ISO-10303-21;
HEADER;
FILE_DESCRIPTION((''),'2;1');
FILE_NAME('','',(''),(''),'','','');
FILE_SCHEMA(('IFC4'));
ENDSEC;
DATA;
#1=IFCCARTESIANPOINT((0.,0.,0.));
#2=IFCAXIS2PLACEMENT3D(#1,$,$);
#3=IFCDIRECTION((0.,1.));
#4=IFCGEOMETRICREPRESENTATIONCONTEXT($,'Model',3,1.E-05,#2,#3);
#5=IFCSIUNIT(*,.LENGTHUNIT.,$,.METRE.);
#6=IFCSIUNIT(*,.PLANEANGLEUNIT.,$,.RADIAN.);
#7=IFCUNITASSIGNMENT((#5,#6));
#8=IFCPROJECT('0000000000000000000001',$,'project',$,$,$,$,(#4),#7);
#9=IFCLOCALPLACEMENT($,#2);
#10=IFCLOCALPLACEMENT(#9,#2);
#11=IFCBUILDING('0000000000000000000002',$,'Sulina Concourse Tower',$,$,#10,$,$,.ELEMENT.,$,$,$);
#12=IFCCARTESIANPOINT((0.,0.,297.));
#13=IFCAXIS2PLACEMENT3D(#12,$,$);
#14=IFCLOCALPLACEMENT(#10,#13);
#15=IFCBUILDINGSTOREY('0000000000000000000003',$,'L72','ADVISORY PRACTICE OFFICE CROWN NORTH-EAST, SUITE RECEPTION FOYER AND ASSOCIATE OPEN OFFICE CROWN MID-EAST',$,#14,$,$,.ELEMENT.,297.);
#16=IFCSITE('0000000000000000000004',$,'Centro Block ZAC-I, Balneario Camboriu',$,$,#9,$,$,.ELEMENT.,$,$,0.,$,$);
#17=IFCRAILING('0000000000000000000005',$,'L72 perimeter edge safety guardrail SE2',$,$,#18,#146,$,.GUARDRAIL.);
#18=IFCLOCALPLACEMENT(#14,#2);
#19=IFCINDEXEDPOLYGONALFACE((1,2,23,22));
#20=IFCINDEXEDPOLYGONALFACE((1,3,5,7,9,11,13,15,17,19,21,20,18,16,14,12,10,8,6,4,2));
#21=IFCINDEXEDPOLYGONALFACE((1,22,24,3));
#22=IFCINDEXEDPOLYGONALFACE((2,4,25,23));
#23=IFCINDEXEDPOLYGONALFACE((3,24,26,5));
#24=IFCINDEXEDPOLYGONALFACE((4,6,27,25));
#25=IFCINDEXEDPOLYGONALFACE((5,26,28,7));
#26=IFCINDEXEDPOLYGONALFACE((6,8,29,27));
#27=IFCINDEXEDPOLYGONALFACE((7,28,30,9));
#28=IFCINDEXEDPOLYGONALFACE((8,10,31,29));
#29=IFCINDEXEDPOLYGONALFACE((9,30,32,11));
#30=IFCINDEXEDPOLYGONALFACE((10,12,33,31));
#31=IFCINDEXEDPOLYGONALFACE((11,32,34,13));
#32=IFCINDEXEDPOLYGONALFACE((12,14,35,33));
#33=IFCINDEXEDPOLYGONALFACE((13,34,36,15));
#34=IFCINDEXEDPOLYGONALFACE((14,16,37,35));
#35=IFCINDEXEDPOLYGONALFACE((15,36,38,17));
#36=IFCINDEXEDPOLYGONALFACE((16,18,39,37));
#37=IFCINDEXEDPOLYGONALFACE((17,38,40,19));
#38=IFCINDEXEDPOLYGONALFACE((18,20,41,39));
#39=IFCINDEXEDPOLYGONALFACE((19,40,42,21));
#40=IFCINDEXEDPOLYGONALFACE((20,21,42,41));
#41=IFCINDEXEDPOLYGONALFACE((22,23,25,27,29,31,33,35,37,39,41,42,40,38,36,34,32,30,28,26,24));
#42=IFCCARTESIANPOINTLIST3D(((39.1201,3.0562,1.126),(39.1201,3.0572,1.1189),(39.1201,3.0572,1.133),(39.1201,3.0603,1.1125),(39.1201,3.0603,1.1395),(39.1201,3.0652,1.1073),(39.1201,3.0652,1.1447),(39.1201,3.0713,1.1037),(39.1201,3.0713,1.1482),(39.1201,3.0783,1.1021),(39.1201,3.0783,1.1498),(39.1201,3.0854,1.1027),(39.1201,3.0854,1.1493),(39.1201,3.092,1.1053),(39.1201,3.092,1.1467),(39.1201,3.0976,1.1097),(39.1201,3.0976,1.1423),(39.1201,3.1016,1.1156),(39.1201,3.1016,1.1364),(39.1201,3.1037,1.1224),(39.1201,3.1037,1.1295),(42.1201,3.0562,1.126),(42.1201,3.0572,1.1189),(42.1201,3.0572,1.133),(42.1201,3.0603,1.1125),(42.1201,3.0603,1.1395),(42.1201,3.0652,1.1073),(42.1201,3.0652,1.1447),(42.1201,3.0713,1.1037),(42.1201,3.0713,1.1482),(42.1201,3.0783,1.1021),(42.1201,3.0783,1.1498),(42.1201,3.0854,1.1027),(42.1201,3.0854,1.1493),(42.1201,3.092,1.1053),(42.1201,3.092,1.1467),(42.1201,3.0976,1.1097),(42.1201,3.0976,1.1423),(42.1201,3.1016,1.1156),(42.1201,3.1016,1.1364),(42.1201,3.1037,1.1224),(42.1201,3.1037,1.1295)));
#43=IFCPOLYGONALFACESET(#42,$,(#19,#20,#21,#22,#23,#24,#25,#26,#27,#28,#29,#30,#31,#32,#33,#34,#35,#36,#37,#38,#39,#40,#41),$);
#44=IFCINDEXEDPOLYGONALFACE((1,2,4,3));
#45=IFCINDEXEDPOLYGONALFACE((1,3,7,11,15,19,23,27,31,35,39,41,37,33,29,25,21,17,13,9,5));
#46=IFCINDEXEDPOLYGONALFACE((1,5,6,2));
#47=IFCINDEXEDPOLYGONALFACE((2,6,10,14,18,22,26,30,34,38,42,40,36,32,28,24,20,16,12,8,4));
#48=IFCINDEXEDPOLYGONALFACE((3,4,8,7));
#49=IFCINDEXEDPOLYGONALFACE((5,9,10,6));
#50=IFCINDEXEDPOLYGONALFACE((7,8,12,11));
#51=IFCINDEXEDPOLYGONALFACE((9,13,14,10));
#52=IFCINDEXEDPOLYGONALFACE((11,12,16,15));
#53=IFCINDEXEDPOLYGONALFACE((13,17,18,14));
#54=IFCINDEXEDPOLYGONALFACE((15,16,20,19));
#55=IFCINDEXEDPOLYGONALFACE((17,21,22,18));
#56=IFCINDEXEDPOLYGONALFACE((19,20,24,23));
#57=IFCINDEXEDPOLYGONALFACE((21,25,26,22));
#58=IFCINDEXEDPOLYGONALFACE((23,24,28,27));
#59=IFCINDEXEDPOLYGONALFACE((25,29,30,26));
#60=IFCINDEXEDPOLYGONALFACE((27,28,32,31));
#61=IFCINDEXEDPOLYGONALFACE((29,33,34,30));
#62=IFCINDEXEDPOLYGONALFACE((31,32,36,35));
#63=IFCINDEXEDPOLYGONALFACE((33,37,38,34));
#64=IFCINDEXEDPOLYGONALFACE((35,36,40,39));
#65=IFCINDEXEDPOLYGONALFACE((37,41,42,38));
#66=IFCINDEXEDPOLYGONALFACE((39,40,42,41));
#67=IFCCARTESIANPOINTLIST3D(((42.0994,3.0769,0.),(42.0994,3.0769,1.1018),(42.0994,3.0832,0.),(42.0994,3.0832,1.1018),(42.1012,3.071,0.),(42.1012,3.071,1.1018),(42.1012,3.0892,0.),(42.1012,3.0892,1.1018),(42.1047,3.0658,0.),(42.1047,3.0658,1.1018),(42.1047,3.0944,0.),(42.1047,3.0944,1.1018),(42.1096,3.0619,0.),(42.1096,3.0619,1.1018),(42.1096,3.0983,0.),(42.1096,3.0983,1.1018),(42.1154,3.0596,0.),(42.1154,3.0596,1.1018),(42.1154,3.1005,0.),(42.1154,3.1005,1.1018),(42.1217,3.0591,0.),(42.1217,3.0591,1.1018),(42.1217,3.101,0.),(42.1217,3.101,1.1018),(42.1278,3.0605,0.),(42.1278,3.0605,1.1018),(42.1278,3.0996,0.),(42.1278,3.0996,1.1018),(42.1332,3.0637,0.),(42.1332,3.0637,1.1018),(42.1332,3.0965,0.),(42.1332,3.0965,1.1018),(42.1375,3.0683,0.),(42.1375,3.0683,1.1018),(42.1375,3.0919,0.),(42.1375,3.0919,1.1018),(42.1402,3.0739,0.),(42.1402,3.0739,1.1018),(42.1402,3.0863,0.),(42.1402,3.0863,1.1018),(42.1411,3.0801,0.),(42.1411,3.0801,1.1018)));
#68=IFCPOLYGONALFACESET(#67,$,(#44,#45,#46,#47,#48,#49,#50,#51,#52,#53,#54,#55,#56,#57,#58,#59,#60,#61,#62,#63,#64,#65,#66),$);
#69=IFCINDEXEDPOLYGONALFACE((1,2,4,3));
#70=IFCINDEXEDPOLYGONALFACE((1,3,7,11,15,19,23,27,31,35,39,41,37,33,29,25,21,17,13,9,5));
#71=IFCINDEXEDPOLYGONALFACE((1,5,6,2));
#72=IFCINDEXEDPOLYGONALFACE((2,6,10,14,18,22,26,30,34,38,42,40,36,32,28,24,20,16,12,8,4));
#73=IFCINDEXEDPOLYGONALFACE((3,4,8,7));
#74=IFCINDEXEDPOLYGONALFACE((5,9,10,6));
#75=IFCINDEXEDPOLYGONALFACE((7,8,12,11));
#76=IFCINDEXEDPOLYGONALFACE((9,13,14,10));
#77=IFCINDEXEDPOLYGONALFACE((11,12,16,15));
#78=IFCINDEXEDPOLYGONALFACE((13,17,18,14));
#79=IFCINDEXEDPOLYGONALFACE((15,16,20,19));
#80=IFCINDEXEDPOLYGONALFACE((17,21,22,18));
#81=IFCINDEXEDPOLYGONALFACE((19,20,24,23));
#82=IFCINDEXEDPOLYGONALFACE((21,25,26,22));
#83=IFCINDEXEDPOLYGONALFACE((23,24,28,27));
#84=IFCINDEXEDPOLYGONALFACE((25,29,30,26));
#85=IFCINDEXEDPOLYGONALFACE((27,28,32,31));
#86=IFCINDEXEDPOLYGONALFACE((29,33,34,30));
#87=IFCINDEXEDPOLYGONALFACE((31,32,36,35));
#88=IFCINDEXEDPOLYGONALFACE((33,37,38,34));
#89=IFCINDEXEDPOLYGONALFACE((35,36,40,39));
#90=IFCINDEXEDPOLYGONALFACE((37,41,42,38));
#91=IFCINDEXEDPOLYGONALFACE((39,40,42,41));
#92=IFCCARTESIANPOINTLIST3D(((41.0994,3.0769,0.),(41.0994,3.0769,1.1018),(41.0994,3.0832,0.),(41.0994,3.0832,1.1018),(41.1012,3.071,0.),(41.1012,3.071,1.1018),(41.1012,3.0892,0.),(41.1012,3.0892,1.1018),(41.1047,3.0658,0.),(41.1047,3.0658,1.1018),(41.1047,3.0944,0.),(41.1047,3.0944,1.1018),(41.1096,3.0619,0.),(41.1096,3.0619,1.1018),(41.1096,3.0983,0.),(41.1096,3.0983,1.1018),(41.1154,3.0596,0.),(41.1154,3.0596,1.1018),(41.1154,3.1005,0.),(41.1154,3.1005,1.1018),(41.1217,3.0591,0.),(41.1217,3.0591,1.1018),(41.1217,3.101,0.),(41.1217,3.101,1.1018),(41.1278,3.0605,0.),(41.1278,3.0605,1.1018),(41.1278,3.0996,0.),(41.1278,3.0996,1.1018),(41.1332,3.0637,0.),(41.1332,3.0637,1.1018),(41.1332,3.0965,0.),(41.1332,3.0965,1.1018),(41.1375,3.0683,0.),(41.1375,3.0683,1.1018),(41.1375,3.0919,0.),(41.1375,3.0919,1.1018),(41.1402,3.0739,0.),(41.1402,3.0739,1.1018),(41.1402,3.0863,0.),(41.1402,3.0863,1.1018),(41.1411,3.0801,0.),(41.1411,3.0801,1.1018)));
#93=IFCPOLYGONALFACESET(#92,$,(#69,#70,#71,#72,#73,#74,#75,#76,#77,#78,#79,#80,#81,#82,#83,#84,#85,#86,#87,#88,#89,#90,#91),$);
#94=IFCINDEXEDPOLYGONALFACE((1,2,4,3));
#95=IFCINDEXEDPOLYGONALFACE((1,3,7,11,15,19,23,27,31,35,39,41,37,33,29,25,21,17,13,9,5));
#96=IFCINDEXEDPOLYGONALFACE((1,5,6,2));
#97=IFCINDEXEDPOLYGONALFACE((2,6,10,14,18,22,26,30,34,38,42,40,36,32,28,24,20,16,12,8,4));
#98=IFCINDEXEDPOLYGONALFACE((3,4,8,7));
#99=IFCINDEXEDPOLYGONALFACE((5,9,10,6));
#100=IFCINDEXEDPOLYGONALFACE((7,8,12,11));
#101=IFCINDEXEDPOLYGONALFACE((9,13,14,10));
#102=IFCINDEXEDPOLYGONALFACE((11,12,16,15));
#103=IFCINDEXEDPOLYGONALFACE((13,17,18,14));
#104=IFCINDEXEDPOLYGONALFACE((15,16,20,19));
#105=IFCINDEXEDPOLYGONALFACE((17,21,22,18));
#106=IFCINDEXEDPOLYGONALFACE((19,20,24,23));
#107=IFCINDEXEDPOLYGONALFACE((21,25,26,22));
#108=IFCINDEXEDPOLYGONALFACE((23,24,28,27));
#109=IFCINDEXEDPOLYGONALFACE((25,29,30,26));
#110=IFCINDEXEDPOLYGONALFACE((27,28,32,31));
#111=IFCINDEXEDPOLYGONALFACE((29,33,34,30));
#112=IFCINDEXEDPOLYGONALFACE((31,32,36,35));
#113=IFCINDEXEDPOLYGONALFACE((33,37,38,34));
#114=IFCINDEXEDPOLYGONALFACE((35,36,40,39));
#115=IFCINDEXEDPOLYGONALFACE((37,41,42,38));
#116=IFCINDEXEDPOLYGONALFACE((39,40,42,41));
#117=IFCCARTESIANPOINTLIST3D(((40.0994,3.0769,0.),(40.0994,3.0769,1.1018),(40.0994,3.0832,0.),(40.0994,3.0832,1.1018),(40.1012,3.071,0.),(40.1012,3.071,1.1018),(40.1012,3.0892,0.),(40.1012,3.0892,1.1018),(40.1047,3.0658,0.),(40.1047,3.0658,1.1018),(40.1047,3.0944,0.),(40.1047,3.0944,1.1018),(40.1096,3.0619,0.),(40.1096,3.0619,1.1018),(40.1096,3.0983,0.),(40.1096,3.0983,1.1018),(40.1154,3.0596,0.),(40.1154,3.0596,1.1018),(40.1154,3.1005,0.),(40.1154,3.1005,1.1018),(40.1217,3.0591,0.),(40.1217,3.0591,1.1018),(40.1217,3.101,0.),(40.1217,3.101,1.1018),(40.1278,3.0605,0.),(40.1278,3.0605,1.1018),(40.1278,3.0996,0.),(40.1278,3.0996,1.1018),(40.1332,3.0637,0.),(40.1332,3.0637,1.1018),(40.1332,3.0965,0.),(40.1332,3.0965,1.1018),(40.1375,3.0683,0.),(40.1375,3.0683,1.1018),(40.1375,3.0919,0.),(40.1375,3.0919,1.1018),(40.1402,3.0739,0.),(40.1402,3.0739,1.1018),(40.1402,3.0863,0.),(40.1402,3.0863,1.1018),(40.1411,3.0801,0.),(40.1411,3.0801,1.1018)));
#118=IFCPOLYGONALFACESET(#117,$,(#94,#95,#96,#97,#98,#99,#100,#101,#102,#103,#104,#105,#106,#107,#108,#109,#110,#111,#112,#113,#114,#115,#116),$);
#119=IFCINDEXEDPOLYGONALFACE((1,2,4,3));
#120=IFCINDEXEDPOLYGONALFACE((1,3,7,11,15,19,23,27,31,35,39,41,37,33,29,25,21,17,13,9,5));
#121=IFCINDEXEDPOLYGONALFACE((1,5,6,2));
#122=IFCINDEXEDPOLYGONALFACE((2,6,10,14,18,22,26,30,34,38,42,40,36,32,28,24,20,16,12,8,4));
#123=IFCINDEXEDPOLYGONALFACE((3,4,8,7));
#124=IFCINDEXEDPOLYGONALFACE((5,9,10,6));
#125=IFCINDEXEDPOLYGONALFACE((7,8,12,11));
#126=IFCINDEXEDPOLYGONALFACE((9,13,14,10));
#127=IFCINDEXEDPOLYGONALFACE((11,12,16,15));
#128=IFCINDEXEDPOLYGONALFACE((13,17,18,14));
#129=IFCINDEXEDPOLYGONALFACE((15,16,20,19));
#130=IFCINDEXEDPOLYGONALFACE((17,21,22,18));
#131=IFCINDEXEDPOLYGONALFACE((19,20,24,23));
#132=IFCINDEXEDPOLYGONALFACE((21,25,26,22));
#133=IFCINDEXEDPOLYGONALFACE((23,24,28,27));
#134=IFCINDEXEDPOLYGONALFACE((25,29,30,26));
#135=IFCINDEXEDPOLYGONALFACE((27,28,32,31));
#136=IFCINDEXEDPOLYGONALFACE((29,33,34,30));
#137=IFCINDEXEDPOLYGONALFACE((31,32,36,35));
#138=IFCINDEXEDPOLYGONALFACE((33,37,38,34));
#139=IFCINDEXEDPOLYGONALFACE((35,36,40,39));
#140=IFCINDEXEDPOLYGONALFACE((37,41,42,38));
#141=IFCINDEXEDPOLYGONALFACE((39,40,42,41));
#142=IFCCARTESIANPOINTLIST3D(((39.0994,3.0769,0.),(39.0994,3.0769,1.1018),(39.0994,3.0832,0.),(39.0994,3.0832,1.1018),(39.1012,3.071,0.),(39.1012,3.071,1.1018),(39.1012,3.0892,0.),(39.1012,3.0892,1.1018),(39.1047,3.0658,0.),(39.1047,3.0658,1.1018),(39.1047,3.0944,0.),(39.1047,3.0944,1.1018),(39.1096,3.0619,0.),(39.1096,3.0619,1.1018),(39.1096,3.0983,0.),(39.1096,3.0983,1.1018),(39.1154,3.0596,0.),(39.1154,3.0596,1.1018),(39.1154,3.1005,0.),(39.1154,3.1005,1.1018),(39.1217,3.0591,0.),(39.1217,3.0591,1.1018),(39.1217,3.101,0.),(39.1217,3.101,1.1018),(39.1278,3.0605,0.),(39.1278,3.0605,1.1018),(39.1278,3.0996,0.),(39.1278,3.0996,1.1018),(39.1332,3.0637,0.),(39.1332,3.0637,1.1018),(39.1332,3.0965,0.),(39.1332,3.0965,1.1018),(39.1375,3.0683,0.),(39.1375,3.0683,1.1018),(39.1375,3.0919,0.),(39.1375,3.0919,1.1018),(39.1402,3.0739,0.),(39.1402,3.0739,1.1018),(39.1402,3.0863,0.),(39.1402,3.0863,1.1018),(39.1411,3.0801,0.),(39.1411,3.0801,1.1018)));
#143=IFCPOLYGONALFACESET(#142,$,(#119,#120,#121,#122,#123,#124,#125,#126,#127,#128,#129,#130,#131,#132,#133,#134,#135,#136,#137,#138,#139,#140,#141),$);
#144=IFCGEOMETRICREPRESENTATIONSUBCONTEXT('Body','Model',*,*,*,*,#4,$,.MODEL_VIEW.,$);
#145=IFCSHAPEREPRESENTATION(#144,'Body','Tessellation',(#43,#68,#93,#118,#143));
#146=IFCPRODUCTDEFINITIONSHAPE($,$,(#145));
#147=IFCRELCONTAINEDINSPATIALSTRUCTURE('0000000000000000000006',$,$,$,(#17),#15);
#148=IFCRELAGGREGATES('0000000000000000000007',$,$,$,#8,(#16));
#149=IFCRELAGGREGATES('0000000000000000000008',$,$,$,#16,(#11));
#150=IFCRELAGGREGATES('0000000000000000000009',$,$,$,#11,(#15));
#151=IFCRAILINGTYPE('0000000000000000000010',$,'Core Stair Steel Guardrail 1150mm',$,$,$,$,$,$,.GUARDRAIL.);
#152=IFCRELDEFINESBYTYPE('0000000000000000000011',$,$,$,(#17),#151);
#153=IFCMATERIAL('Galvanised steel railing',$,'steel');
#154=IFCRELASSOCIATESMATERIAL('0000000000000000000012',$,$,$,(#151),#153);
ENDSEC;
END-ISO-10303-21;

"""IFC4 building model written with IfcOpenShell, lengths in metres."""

from ifc_helpers import new_model, si_unit, direction, frame, origin, origin_2d, place, context, subcontext, project, spatial, circle, extrude, material, type_object, element, save


model = new_model("IFC4")

# Units and contexts
model_context = context("Model", 3, precision=1e-05, world=origin(), true_north=direction((0.0, 1.0)))
body_context = subcontext(model_context, "Body", "Model", "MODEL_VIEW")
ifc_project = project(units=[si_unit("LENGTHUNIT", "METRE"), si_unit("PLANEANGLEUNIT", "RADIAN")], contexts=[model_context])

# Site, building, storey
site_placement = place(None, origin())
site = spatial("IfcSite", under=ifc_project, at=site_placement, Name="Centro Block ZAC-I, Balneario Camboriu", CompositionType="ELEMENT", RefElevation=0.0)
building_placement = place(site_placement, origin())
building = spatial("IfcBuilding", under=site, at=building_placement, Name="Sulina Concourse Tower", CompositionType="ELEMENT")
storey_placement = place(building_placement, frame((0.0, 0.0, 297.0)))
storey = spatial("IfcBuildingStorey", under=building, at=storey_placement, Name="L72", Description="ADVISORY PRACTICE OFFICE CROWN NORTH-EAST, SUITE RECEPTION FOYER AND ASSOCIATE OPEN OFFICE CROWN MID-EAST", CompositionType="ELEMENT", Elevation=297.0)

# Railing
ifc_material_1 = material(Name="Galvanised steel railing", Category="steel")
railing_type_1 = type_object("IfcRailingType", Name="Core Stair Steel Guardrail 1150mm", PredefinedType="GUARDRAIL", material=ifc_material_1)
railing_1_placement = place(storey_placement, frame((42.1201, 3.0801, 0.0)))
element("IfcRailing", 1, at=railing_1_placement, inside=storey, type_object=railing_type_1, Name="L72 perimeter edge safety guardrail SE2", PredefinedType="GUARDRAIL", context=body_context, shape_type="SweptSolid", body=[
    extrude(circle(Radius=0.0239, at=origin_2d()), frame((0.0, 0.0, 1.126), z_axis=(-1.0, 0.0, 0.0), x_axis=(0.0, -1.0, 0.0)), (0.0, 0.0, 1.0), 3.0),
    extrude(circle(Radius=0.021, at=origin_2d()), origin(), (0.0, 0.0, 1.0), 1.1018),
    extrude(circle(Radius=0.021, at=origin_2d()), frame((-1.0, 0.0, 0.0)), (0.0, 0.0, 1.0), 1.1018),
    extrude(circle(Radius=0.021, at=origin_2d()), frame((-2.0, 0.0, 0.0)), (0.0, 0.0, 1.0), 1.1018),
    extrude(circle(Radius=0.021, at=origin_2d()), frame((-3.0, 0.0, 0.0)), (0.0, 0.0, 1.0), 1.1018),
])

save(model, "model.ifc")
